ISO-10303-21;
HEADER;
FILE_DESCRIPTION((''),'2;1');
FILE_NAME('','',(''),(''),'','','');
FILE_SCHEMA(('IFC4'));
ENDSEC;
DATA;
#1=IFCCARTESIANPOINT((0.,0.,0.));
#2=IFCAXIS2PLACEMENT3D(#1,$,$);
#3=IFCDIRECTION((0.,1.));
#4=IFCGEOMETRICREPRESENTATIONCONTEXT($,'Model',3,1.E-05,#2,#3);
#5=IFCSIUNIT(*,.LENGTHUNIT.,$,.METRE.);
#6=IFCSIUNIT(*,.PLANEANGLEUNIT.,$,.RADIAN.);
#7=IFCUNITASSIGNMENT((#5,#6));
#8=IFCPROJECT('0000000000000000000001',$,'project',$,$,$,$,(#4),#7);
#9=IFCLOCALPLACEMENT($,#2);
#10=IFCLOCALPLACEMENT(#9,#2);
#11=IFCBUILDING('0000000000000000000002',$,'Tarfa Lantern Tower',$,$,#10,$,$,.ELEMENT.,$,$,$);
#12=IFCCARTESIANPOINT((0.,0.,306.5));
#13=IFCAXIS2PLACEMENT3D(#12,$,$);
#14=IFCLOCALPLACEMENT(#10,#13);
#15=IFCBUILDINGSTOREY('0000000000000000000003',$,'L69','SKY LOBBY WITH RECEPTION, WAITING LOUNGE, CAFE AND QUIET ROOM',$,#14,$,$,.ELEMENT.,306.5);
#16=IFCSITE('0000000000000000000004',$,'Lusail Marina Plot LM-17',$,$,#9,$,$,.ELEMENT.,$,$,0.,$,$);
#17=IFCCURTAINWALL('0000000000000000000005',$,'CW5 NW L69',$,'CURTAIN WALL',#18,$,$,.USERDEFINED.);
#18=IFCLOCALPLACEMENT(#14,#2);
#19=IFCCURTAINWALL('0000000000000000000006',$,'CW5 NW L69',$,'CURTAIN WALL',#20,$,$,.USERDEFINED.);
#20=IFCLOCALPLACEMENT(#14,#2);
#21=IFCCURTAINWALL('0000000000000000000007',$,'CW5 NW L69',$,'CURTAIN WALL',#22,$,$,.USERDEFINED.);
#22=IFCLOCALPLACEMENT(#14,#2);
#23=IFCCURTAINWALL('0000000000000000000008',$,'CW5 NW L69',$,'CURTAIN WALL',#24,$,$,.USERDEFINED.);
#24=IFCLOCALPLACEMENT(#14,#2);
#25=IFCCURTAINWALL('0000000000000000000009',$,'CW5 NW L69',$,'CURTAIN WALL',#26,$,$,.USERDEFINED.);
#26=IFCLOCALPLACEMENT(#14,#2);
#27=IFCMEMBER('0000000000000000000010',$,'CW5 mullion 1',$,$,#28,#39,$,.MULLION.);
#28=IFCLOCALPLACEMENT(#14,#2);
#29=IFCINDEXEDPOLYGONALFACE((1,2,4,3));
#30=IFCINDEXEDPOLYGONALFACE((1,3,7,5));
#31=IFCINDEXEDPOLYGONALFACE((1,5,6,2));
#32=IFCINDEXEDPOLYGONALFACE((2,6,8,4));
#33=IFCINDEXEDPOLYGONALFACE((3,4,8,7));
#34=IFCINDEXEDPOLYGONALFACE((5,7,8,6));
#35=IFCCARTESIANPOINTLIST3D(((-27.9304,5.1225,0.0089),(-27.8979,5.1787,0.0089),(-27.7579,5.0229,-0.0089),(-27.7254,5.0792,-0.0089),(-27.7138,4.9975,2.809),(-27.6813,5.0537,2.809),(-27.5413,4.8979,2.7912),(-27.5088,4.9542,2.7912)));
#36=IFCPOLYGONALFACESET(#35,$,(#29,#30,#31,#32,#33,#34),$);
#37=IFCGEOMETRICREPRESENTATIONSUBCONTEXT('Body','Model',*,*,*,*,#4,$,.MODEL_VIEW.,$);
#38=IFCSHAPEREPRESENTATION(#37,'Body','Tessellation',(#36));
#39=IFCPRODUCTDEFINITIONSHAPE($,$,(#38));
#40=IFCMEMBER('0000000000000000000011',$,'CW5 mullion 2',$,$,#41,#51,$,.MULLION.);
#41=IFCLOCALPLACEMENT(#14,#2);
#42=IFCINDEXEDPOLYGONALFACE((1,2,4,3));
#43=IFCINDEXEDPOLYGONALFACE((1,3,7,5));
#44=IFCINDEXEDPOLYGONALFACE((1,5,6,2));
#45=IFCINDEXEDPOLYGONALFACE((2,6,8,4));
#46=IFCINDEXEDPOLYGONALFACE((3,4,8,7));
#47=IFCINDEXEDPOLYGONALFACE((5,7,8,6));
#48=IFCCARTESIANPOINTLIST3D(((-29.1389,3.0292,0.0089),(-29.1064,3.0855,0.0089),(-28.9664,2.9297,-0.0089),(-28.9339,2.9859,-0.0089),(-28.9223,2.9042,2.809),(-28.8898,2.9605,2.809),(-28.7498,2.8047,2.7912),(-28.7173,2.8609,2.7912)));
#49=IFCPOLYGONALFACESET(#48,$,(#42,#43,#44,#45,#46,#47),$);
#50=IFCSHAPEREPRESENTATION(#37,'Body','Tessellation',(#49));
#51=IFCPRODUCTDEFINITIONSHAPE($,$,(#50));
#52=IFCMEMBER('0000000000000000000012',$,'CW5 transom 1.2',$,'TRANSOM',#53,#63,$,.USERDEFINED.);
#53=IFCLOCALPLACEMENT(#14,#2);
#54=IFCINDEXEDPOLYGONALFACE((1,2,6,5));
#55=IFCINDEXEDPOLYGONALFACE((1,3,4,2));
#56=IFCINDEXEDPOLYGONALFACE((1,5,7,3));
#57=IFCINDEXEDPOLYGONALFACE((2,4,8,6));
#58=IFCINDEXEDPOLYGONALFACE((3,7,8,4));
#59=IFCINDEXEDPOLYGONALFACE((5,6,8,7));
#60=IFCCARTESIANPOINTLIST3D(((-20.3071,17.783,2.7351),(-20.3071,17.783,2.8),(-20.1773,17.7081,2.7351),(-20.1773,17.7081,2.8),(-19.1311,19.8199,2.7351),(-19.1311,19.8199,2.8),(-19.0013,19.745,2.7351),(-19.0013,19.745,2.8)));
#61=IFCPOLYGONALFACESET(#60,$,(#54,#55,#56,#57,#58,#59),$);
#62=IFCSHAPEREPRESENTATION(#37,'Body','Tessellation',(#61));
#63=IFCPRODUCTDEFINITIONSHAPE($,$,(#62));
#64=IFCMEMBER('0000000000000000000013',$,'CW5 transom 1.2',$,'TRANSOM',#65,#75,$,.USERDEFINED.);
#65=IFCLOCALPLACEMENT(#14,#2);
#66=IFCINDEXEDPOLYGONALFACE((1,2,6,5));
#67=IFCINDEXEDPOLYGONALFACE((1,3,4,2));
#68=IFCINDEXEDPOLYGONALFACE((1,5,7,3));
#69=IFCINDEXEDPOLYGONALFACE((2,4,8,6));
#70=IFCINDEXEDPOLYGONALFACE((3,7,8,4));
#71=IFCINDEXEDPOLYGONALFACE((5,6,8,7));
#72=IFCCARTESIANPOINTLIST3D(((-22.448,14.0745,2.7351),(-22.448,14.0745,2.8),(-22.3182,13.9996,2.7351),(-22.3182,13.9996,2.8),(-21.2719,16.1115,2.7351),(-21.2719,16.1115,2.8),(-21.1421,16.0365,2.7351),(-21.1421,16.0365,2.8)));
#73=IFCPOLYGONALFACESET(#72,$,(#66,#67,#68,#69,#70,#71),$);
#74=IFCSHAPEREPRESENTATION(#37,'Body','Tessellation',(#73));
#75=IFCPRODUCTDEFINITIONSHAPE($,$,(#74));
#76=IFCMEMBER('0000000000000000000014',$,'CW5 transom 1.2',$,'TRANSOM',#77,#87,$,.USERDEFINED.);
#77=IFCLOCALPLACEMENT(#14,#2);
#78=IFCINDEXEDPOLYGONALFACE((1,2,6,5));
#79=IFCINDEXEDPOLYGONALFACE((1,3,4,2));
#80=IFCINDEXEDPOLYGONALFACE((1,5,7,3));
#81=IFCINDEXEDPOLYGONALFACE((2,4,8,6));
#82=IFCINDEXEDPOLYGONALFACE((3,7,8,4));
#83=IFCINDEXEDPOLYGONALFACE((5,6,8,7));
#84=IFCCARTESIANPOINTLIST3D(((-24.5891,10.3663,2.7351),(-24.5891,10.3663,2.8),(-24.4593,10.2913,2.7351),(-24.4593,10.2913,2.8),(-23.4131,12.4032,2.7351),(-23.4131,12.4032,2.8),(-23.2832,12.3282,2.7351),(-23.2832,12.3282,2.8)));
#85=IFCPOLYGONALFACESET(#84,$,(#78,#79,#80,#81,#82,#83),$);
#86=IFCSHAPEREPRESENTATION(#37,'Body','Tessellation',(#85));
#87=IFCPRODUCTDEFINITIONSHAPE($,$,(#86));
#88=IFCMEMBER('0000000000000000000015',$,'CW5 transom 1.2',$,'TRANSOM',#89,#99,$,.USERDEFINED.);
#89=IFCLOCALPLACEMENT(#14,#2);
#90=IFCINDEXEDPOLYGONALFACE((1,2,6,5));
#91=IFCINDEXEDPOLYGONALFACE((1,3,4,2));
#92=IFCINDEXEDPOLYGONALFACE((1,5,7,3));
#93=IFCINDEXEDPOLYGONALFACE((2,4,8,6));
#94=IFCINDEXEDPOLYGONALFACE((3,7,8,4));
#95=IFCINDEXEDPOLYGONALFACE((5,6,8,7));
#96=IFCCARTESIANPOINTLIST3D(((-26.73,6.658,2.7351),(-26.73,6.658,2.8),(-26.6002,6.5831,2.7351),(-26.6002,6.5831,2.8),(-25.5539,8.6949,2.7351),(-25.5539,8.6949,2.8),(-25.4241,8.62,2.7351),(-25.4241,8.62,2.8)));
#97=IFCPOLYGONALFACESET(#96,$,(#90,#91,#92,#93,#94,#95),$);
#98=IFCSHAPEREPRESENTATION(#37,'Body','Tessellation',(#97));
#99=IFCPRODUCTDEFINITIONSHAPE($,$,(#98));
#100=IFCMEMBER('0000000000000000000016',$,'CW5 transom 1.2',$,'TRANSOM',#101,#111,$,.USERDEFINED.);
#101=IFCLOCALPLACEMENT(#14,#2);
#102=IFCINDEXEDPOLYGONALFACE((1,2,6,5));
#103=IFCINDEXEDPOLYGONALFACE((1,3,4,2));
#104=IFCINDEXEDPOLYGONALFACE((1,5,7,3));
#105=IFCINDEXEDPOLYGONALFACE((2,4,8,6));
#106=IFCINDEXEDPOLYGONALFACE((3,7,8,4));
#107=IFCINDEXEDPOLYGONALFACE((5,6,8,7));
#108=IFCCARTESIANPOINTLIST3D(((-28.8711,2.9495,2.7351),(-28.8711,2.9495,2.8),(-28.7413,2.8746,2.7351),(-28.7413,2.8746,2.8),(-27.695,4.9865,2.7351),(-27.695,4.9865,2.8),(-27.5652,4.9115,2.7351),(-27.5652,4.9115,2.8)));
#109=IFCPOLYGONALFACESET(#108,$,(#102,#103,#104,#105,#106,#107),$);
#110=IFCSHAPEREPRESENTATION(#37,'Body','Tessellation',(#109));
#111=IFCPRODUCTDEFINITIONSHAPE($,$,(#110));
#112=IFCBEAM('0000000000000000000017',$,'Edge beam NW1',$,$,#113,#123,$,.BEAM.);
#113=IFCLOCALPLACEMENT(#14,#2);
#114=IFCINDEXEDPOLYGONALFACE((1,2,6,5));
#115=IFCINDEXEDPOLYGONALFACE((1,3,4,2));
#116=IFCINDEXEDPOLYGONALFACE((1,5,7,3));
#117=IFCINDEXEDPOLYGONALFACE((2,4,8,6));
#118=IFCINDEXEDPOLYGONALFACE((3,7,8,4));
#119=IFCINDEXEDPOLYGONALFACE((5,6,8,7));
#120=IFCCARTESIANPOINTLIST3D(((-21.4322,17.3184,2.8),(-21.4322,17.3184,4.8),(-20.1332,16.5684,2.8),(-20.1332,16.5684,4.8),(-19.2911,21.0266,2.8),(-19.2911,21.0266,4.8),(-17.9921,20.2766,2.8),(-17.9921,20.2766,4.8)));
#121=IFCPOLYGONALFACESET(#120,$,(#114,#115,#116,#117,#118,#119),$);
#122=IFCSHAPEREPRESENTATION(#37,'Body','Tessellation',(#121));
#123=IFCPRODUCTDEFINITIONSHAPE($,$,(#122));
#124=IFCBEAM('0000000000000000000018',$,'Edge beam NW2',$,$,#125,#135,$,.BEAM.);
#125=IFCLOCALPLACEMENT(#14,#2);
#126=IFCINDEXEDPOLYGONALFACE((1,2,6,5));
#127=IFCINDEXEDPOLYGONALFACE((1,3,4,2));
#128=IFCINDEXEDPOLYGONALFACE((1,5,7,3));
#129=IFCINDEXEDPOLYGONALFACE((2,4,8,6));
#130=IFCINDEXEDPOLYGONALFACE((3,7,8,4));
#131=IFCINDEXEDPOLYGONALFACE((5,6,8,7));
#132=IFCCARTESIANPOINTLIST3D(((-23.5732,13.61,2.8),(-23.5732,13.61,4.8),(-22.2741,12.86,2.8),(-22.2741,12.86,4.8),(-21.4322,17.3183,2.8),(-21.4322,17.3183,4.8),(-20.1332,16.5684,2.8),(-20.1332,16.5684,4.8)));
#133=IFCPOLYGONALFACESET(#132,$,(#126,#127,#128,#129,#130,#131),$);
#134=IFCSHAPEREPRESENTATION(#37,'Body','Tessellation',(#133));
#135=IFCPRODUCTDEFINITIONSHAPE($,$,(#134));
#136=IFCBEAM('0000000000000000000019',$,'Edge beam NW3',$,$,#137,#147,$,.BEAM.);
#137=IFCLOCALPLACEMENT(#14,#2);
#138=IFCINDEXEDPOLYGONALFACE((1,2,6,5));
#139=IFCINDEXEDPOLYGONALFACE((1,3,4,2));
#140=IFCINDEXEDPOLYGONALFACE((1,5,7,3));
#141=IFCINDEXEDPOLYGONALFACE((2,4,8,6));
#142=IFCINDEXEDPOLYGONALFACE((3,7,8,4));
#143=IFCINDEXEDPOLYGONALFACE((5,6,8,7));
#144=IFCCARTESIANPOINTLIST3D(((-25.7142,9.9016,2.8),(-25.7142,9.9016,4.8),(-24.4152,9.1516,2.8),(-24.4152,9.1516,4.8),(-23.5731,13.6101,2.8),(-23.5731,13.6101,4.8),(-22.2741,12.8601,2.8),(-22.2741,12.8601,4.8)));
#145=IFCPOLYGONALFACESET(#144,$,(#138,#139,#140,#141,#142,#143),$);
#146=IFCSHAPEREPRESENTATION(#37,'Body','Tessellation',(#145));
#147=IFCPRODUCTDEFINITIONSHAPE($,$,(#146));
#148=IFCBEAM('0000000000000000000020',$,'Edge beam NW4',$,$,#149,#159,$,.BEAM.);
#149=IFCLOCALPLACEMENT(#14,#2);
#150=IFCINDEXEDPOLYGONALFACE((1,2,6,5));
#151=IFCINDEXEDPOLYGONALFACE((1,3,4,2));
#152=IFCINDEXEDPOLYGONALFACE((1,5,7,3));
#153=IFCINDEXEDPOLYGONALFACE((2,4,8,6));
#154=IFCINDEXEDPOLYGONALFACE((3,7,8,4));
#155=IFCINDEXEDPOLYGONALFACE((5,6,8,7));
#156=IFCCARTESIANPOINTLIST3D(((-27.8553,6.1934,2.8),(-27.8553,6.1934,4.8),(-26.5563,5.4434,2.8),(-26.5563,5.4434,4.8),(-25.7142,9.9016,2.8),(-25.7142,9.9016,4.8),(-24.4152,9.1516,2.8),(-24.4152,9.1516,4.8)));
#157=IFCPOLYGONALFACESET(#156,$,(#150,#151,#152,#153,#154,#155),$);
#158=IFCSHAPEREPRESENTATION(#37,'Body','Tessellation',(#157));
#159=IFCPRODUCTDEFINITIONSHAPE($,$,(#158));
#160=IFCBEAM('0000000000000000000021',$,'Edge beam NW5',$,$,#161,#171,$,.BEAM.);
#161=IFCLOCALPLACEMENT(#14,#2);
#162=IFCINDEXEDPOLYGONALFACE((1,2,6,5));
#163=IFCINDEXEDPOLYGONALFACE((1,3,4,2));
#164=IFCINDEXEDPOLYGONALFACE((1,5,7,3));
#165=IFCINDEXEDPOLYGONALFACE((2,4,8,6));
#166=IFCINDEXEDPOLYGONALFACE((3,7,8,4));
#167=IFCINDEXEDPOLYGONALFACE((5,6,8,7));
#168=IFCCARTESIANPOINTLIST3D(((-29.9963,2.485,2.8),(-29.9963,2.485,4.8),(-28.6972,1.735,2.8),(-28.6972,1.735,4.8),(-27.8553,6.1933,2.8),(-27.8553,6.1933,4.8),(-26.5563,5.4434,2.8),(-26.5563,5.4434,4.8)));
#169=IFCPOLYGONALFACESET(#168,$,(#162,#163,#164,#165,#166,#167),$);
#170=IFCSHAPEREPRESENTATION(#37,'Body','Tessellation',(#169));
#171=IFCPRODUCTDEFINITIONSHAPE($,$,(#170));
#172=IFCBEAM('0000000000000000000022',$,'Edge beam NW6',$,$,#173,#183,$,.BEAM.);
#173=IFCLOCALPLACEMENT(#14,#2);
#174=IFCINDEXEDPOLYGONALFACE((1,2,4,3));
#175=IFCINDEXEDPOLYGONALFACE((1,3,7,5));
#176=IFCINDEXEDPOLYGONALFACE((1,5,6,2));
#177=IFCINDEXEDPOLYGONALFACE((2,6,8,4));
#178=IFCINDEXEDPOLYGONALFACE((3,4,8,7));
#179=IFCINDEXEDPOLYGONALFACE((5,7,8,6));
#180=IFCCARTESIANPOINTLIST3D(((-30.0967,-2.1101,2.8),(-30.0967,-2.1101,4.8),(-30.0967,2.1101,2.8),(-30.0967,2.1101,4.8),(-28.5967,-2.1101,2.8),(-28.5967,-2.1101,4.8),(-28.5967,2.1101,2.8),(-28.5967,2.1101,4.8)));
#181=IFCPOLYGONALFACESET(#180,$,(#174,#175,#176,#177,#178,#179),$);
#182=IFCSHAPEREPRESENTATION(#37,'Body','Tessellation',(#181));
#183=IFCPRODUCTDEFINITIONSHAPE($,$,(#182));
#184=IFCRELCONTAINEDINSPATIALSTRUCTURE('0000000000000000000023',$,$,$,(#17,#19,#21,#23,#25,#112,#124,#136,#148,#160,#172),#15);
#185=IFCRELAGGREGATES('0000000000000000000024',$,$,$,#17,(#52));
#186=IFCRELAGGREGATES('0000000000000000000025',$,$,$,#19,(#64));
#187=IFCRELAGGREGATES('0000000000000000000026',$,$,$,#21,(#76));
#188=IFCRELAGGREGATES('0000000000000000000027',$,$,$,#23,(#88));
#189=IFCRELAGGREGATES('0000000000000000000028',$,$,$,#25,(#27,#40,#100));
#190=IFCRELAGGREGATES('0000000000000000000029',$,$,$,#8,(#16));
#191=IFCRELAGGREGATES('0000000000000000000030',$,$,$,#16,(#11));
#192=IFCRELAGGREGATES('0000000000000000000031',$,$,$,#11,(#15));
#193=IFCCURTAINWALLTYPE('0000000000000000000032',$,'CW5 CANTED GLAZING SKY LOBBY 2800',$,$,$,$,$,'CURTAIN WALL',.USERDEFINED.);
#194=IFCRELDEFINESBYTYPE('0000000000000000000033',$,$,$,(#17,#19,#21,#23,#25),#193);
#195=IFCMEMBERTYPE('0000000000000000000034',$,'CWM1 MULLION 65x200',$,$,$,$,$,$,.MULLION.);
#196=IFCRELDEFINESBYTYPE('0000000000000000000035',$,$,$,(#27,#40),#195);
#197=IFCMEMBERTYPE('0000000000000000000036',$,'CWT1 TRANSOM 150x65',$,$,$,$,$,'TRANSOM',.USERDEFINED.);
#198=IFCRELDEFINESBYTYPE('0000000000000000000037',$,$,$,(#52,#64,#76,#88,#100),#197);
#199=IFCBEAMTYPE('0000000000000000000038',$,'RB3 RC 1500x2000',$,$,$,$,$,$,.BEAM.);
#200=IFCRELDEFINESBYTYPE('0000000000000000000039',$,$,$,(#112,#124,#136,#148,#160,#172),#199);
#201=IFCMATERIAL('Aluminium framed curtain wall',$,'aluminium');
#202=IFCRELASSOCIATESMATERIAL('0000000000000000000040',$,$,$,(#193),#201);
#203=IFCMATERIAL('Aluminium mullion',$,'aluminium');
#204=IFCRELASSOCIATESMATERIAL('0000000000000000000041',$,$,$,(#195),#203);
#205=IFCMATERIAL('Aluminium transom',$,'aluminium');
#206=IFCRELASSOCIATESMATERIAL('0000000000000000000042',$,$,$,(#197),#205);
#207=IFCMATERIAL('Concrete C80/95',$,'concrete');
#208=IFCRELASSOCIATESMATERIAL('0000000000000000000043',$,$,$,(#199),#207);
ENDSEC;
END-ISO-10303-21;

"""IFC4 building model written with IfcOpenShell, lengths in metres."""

from ifc_helpers import new_model, si_unit, direction, frame, origin, origin_2d, place, context, subcontext, project, spatial, rectangle, extrude, material, material_profile, profile_set, type_object, element, aggregate, save


model = new_model("IFC4")

# Units and contexts
model_context = context("Model", 3, precision=1e-05, world=origin(), true_north=direction((0.0, 1.0)))
body_context = subcontext(model_context, "Body", "Model", "MODEL_VIEW")
ifc_project = project(units=[si_unit("LENGTHUNIT", "METRE"), si_unit("PLANEANGLEUNIT", "RADIAN")], contexts=[model_context])

# Site, building, storey
site_placement = place(None, origin())
site = spatial("IfcSite", under=ifc_project, at=site_placement, Name="Lusail Marina Plot LM-17", CompositionType="ELEMENT", RefElevation=0.0)
building_placement = place(site_placement, origin())
building = spatial("IfcBuilding", under=site, at=building_placement, Name="Tarfa Lantern Tower", CompositionType="ELEMENT")
storey_placement = place(building_placement, frame((0.0, 0.0, 306.5)))
storey = spatial("IfcBuildingStorey", under=building, at=storey_placement, Name="L69", Description="SKY LOBBY WITH RECEPTION, WAITING LOUNGE, CAFE AND QUIET ROOM", CompositionType="ELEMENT", Elevation=306.5)

# Shared definitions
ifc_material_1 = material(Name="Aluminium framed curtain wall", Category="aluminium")
curtain_wall_type = type_object("IfcCurtainWallType", Name="CW5 CANTED GLAZING SKY LOBBY 2800", ElementType="CURTAIN WALL", PredefinedType="USERDEFINED", material=ifc_material_1)
ifc_material_2 = material(Name="Aluminium mullion", Category="aluminium")
ifc_material_profile_1 = material_profile(ifc_material_2, rectangle(XDim=0.0649, YDim=0.2, at=origin_2d()), Name="AL MULLION 65x200")
ifc_profile_set_1 = profile_set([ifc_material_profile_1], Name="Aluminium mullion")
member_type_1 = type_object("IfcMemberType", Name="CWM1 MULLION 65x200", PredefinedType="MULLION", material=ifc_profile_set_1)

# Curtain walls, members
curtain_wall_1_placement = place(storey_placement, origin())
curtain_wall_1 = element("IfcCurtainWall", 1, at=curtain_wall_1_placement, inside=storey, type_object=curtain_wall_type, Name="CW5 NW L69", ObjectType="CURTAIN WALL", PredefinedType="USERDEFINED")
curtain_wall_2_placement = place(storey_placement, origin())
curtain_wall_2 = element("IfcCurtainWall", 2, at=curtain_wall_2_placement, inside=storey, type_object=curtain_wall_type, Name="CW5 NW L69", ObjectType="CURTAIN WALL", PredefinedType="USERDEFINED")
curtain_wall_3_placement = place(storey_placement, origin())
curtain_wall_3 = element("IfcCurtainWall", 3, at=curtain_wall_3_placement, inside=storey, type_object=curtain_wall_type, Name="CW5 NW L69", ObjectType="CURTAIN WALL", PredefinedType="USERDEFINED")
curtain_wall_4_placement = place(storey_placement, origin())
curtain_wall_4 = element("IfcCurtainWall", 4, at=curtain_wall_4_placement, inside=storey, type_object=curtain_wall_type, Name="CW5 NW L69", ObjectType="CURTAIN WALL", PredefinedType="USERDEFINED")
curtain_wall_5_placement = place(storey_placement, origin())
curtain_wall_5 = element("IfcCurtainWall", 5, at=curtain_wall_5_placement, inside=storey, type_object=curtain_wall_type, Name="CW5 NW L69", ObjectType="CURTAIN WALL", PredefinedType="USERDEFINED")
member_1_placement = place(storey_placement, frame((-27.8279, 5.1008, 0.0), z_axis=(0.077032, -0.044465, 0.996037), x_axis=(0.49992, 0.866072, 0.0)))
member_1 = element("IfcMember", 6, at=member_1_placement, type_object=member_type_1, Name="CW5 mullion 1", PredefinedType="MULLION", context=body_context, shape_type="SweptSolid", body=[
    extrude(rectangle(XDim=0.0649, YDim=0.2, at=origin_2d()), origin(), (0.0, 0.0, 1.0), 2.8113),
])
member_2_placement = place(storey_placement, frame((-29.0364, 3.0076, 0.0), z_axis=(0.077032, -0.044465, 0.996037), x_axis=(0.49992, 0.866072, 0.0)))
member_2 = element("IfcMember", 7, at=member_2_placement, type_object=member_type_1, Name="CW5 mullion 2", PredefinedType="MULLION", context=body_context, shape_type="SweptSolid", body=[
    extrude(rectangle(XDim=0.0649, YDim=0.2, at=origin_2d()), origin(), (0.0, 0.0, 1.0), 2.8113),
])

# Members
ifc_material_3 = material(Name="Aluminium transom", Category="aluminium")
ifc_material_profile_2 = material_profile(ifc_material_3, rectangle(XDim=0.1499, YDim=0.0649, at=origin_2d()), Name="AL TRANSOM 150x65")
ifc_profile_set_2 = profile_set([ifc_material_profile_2], Name="Aluminium transom")
member_type_2 = type_object("IfcMemberType", Name="CWT1 TRANSOM 150x65", ElementType="TRANSOM", PredefinedType="USERDEFINED", material=ifc_profile_set_2)
member_3_placement = place(storey_placement, frame((-19.0662, 19.7825, 2.7676), z_axis=(-0.500013, -0.866018, 0.0), x_axis=(0.866018, -0.500013, 0.0)))
member_3 = element("IfcMember", 8, at=member_3_placement, type_object=member_type_2, Name="CW5 transom 1.2", ObjectType="TRANSOM", PredefinedType="USERDEFINED", context=body_context, shape_type="SweptSolid", body=[
    extrude(rectangle(XDim=0.1499, YDim=0.0649, at=origin_2d()), origin(), (0.0, 0.0, 1.0), 2.3521),
])
member_4_placement = place(storey_placement, frame((-21.207, 16.074, 2.7676), z_axis=(-0.500013, -0.866018, 0.0), x_axis=(0.866018, -0.500013, 0.0)))
member_4 = element("IfcMember", 9, at=member_4_placement, type_object=member_type_2, Name="CW5 transom 1.2", ObjectType="TRANSOM", PredefinedType="USERDEFINED", context=body_context, shape_type="SweptSolid", body=[
    extrude(rectangle(XDim=0.1499, YDim=0.0649, at=origin_2d()), origin(), (0.0, 0.0, 1.0), 2.3521),
])
member_5_placement = place(storey_placement, frame((-23.3481, 12.3657, 2.7676), z_axis=(-0.500013, -0.866018, 0.0), x_axis=(0.866018, -0.500013, 0.0)))
member_5 = element("IfcMember", 10, at=member_5_placement, type_object=member_type_2, Name="CW5 transom 1.2", ObjectType="TRANSOM", PredefinedType="USERDEFINED", context=body_context, shape_type="SweptSolid", body=[
    extrude(rectangle(XDim=0.1499, YDim=0.0649, at=origin_2d()), origin(), (0.0, 0.0, 1.0), 2.3521),
])
member_6_placement = place(storey_placement, frame((-25.489, 8.6575, 2.7676), z_axis=(-0.500013, -0.866018, 0.0), x_axis=(0.866018, -0.500013, 0.0)))
member_6 = element("IfcMember", 11, at=member_6_placement, type_object=member_type_2, Name="CW5 transom 1.2", ObjectType="TRANSOM", PredefinedType="USERDEFINED", context=body_context, shape_type="SweptSolid", body=[
    extrude(rectangle(XDim=0.1499, YDim=0.0649, at=origin_2d()), origin(), (0.0, 0.0, 1.0), 2.3521),
])
member_7_placement = place(storey_placement, frame((-27.6301, 4.949, 2.7676), z_axis=(-0.500013, -0.866018, 0.0), x_axis=(0.866018, -0.500013, 0.0)))
member_7 = element("IfcMember", 12, at=member_7_placement, type_object=member_type_2, Name="CW5 transom 1.2", ObjectType="TRANSOM", PredefinedType="USERDEFINED", context=body_context, shape_type="SweptSolid", body=[
    extrude(rectangle(XDim=0.1499, YDim=0.0649, at=origin_2d()), origin(), (0.0, 0.0, 1.0), 2.3521),
])

# Beams
ifc_material_4 = material(Name="Concrete C80/95", Category="concrete")
ifc_material_profile_3 = material_profile(ifc_material_4, rectangle(XDim=1.5, YDim=2.0, at=origin_2d()), Name="RC 1500x2000")
ifc_profile_set_3 = profile_set([ifc_material_profile_3], Name="Concrete C80/95")
beam_type_1 = type_object("IfcBeamType", Name="RB3 RC 1500x2000", PredefinedType="BEAM", material=ifc_profile_set_3)
for number, where, z_axis, x_axis, name in (
    (13, (-18.6416, 20.6516, 3.8), (-0.500027, -0.86601, 0.0), (0.86601, -0.500027, 0.0), "Edge beam NW1"),
    (14, (-20.7827, 16.9434, 3.8), (-0.499984, -0.866035, 0.0), (0.866035, -0.499984, 0.0), "Edge beam NW2"),
):
    element("IfcBeam", number, at=place(storey_placement, frame(where, z_axis=z_axis, x_axis=x_axis)), inside=storey, type_object=beam_type_1, Name=name, PredefinedType="BEAM", context=body_context, shape_type="SweptSolid", body=[
        extrude(rectangle(XDim=1.5, YDim=2.0, at=origin_2d()), origin(), (0.0, 0.0, 1.0), 4.282),
    ])
beam_1_placement = place(storey_placement, frame((-22.9236, 13.2351, 3.8), z_axis=(-0.500002, -0.866024, 0.0), x_axis=(0.866024, -0.500002, 0.0)))
element("IfcBeam", 15, at=beam_1_placement, inside=storey, type_object=beam_type_1, Name="Edge beam NW3", PredefinedType="BEAM", context=body_context, shape_type="SweptSolid", body=[
    extrude(rectangle(XDim=1.5, YDim=2.0, at=origin_2d()), origin(), (0.0, 0.0, 1.0), 4.2822),
])
for number, where, z_axis, x_axis, name in (
    (16, (-25.0647, 9.5266, 3.8), (-0.500027, -0.86601, 0.0), (0.86601, -0.500027, 0.0), "Edge beam NW4"),
    (17, (-27.2058, 5.8184, 3.8), (-0.499984, -0.866035, 0.0), (0.866035, -0.499984, 0.0), "Edge beam NW5"),
):
    element("IfcBeam", number, at=place(storey_placement, frame(where, z_axis=z_axis, x_axis=x_axis)), inside=storey, type_object=beam_type_1, Name=name, PredefinedType="BEAM", context=body_context, shape_type="SweptSolid", body=[
        extrude(rectangle(XDim=1.5, YDim=2.0, at=origin_2d()), origin(), (0.0, 0.0, 1.0), 4.282),
    ])
beam_2_placement = place(storey_placement, frame((-29.3467, 2.1101, 3.8), z_axis=(0.0, -1.0, 0.0), x_axis=(1.0, 0.0, 0.0)))
element("IfcBeam", 18, at=beam_2_placement, inside=storey, type_object=beam_type_1, Name="Edge beam NW6", PredefinedType="BEAM", context=body_context, shape_type="SweptSolid", body=[
    extrude(rectangle(XDim=1.5, YDim=2.0, at=origin_2d()), origin(), (0.0, 0.0, 1.0), 4.2202),
])

aggregate(curtain_wall_1, [member_3])
aggregate(curtain_wall_2, [member_4])
aggregate(curtain_wall_3, [member_5])
aggregate(curtain_wall_4, [member_6])
aggregate(curtain_wall_5, [member_1, member_2, member_7])

save(model, "model.ifc")
